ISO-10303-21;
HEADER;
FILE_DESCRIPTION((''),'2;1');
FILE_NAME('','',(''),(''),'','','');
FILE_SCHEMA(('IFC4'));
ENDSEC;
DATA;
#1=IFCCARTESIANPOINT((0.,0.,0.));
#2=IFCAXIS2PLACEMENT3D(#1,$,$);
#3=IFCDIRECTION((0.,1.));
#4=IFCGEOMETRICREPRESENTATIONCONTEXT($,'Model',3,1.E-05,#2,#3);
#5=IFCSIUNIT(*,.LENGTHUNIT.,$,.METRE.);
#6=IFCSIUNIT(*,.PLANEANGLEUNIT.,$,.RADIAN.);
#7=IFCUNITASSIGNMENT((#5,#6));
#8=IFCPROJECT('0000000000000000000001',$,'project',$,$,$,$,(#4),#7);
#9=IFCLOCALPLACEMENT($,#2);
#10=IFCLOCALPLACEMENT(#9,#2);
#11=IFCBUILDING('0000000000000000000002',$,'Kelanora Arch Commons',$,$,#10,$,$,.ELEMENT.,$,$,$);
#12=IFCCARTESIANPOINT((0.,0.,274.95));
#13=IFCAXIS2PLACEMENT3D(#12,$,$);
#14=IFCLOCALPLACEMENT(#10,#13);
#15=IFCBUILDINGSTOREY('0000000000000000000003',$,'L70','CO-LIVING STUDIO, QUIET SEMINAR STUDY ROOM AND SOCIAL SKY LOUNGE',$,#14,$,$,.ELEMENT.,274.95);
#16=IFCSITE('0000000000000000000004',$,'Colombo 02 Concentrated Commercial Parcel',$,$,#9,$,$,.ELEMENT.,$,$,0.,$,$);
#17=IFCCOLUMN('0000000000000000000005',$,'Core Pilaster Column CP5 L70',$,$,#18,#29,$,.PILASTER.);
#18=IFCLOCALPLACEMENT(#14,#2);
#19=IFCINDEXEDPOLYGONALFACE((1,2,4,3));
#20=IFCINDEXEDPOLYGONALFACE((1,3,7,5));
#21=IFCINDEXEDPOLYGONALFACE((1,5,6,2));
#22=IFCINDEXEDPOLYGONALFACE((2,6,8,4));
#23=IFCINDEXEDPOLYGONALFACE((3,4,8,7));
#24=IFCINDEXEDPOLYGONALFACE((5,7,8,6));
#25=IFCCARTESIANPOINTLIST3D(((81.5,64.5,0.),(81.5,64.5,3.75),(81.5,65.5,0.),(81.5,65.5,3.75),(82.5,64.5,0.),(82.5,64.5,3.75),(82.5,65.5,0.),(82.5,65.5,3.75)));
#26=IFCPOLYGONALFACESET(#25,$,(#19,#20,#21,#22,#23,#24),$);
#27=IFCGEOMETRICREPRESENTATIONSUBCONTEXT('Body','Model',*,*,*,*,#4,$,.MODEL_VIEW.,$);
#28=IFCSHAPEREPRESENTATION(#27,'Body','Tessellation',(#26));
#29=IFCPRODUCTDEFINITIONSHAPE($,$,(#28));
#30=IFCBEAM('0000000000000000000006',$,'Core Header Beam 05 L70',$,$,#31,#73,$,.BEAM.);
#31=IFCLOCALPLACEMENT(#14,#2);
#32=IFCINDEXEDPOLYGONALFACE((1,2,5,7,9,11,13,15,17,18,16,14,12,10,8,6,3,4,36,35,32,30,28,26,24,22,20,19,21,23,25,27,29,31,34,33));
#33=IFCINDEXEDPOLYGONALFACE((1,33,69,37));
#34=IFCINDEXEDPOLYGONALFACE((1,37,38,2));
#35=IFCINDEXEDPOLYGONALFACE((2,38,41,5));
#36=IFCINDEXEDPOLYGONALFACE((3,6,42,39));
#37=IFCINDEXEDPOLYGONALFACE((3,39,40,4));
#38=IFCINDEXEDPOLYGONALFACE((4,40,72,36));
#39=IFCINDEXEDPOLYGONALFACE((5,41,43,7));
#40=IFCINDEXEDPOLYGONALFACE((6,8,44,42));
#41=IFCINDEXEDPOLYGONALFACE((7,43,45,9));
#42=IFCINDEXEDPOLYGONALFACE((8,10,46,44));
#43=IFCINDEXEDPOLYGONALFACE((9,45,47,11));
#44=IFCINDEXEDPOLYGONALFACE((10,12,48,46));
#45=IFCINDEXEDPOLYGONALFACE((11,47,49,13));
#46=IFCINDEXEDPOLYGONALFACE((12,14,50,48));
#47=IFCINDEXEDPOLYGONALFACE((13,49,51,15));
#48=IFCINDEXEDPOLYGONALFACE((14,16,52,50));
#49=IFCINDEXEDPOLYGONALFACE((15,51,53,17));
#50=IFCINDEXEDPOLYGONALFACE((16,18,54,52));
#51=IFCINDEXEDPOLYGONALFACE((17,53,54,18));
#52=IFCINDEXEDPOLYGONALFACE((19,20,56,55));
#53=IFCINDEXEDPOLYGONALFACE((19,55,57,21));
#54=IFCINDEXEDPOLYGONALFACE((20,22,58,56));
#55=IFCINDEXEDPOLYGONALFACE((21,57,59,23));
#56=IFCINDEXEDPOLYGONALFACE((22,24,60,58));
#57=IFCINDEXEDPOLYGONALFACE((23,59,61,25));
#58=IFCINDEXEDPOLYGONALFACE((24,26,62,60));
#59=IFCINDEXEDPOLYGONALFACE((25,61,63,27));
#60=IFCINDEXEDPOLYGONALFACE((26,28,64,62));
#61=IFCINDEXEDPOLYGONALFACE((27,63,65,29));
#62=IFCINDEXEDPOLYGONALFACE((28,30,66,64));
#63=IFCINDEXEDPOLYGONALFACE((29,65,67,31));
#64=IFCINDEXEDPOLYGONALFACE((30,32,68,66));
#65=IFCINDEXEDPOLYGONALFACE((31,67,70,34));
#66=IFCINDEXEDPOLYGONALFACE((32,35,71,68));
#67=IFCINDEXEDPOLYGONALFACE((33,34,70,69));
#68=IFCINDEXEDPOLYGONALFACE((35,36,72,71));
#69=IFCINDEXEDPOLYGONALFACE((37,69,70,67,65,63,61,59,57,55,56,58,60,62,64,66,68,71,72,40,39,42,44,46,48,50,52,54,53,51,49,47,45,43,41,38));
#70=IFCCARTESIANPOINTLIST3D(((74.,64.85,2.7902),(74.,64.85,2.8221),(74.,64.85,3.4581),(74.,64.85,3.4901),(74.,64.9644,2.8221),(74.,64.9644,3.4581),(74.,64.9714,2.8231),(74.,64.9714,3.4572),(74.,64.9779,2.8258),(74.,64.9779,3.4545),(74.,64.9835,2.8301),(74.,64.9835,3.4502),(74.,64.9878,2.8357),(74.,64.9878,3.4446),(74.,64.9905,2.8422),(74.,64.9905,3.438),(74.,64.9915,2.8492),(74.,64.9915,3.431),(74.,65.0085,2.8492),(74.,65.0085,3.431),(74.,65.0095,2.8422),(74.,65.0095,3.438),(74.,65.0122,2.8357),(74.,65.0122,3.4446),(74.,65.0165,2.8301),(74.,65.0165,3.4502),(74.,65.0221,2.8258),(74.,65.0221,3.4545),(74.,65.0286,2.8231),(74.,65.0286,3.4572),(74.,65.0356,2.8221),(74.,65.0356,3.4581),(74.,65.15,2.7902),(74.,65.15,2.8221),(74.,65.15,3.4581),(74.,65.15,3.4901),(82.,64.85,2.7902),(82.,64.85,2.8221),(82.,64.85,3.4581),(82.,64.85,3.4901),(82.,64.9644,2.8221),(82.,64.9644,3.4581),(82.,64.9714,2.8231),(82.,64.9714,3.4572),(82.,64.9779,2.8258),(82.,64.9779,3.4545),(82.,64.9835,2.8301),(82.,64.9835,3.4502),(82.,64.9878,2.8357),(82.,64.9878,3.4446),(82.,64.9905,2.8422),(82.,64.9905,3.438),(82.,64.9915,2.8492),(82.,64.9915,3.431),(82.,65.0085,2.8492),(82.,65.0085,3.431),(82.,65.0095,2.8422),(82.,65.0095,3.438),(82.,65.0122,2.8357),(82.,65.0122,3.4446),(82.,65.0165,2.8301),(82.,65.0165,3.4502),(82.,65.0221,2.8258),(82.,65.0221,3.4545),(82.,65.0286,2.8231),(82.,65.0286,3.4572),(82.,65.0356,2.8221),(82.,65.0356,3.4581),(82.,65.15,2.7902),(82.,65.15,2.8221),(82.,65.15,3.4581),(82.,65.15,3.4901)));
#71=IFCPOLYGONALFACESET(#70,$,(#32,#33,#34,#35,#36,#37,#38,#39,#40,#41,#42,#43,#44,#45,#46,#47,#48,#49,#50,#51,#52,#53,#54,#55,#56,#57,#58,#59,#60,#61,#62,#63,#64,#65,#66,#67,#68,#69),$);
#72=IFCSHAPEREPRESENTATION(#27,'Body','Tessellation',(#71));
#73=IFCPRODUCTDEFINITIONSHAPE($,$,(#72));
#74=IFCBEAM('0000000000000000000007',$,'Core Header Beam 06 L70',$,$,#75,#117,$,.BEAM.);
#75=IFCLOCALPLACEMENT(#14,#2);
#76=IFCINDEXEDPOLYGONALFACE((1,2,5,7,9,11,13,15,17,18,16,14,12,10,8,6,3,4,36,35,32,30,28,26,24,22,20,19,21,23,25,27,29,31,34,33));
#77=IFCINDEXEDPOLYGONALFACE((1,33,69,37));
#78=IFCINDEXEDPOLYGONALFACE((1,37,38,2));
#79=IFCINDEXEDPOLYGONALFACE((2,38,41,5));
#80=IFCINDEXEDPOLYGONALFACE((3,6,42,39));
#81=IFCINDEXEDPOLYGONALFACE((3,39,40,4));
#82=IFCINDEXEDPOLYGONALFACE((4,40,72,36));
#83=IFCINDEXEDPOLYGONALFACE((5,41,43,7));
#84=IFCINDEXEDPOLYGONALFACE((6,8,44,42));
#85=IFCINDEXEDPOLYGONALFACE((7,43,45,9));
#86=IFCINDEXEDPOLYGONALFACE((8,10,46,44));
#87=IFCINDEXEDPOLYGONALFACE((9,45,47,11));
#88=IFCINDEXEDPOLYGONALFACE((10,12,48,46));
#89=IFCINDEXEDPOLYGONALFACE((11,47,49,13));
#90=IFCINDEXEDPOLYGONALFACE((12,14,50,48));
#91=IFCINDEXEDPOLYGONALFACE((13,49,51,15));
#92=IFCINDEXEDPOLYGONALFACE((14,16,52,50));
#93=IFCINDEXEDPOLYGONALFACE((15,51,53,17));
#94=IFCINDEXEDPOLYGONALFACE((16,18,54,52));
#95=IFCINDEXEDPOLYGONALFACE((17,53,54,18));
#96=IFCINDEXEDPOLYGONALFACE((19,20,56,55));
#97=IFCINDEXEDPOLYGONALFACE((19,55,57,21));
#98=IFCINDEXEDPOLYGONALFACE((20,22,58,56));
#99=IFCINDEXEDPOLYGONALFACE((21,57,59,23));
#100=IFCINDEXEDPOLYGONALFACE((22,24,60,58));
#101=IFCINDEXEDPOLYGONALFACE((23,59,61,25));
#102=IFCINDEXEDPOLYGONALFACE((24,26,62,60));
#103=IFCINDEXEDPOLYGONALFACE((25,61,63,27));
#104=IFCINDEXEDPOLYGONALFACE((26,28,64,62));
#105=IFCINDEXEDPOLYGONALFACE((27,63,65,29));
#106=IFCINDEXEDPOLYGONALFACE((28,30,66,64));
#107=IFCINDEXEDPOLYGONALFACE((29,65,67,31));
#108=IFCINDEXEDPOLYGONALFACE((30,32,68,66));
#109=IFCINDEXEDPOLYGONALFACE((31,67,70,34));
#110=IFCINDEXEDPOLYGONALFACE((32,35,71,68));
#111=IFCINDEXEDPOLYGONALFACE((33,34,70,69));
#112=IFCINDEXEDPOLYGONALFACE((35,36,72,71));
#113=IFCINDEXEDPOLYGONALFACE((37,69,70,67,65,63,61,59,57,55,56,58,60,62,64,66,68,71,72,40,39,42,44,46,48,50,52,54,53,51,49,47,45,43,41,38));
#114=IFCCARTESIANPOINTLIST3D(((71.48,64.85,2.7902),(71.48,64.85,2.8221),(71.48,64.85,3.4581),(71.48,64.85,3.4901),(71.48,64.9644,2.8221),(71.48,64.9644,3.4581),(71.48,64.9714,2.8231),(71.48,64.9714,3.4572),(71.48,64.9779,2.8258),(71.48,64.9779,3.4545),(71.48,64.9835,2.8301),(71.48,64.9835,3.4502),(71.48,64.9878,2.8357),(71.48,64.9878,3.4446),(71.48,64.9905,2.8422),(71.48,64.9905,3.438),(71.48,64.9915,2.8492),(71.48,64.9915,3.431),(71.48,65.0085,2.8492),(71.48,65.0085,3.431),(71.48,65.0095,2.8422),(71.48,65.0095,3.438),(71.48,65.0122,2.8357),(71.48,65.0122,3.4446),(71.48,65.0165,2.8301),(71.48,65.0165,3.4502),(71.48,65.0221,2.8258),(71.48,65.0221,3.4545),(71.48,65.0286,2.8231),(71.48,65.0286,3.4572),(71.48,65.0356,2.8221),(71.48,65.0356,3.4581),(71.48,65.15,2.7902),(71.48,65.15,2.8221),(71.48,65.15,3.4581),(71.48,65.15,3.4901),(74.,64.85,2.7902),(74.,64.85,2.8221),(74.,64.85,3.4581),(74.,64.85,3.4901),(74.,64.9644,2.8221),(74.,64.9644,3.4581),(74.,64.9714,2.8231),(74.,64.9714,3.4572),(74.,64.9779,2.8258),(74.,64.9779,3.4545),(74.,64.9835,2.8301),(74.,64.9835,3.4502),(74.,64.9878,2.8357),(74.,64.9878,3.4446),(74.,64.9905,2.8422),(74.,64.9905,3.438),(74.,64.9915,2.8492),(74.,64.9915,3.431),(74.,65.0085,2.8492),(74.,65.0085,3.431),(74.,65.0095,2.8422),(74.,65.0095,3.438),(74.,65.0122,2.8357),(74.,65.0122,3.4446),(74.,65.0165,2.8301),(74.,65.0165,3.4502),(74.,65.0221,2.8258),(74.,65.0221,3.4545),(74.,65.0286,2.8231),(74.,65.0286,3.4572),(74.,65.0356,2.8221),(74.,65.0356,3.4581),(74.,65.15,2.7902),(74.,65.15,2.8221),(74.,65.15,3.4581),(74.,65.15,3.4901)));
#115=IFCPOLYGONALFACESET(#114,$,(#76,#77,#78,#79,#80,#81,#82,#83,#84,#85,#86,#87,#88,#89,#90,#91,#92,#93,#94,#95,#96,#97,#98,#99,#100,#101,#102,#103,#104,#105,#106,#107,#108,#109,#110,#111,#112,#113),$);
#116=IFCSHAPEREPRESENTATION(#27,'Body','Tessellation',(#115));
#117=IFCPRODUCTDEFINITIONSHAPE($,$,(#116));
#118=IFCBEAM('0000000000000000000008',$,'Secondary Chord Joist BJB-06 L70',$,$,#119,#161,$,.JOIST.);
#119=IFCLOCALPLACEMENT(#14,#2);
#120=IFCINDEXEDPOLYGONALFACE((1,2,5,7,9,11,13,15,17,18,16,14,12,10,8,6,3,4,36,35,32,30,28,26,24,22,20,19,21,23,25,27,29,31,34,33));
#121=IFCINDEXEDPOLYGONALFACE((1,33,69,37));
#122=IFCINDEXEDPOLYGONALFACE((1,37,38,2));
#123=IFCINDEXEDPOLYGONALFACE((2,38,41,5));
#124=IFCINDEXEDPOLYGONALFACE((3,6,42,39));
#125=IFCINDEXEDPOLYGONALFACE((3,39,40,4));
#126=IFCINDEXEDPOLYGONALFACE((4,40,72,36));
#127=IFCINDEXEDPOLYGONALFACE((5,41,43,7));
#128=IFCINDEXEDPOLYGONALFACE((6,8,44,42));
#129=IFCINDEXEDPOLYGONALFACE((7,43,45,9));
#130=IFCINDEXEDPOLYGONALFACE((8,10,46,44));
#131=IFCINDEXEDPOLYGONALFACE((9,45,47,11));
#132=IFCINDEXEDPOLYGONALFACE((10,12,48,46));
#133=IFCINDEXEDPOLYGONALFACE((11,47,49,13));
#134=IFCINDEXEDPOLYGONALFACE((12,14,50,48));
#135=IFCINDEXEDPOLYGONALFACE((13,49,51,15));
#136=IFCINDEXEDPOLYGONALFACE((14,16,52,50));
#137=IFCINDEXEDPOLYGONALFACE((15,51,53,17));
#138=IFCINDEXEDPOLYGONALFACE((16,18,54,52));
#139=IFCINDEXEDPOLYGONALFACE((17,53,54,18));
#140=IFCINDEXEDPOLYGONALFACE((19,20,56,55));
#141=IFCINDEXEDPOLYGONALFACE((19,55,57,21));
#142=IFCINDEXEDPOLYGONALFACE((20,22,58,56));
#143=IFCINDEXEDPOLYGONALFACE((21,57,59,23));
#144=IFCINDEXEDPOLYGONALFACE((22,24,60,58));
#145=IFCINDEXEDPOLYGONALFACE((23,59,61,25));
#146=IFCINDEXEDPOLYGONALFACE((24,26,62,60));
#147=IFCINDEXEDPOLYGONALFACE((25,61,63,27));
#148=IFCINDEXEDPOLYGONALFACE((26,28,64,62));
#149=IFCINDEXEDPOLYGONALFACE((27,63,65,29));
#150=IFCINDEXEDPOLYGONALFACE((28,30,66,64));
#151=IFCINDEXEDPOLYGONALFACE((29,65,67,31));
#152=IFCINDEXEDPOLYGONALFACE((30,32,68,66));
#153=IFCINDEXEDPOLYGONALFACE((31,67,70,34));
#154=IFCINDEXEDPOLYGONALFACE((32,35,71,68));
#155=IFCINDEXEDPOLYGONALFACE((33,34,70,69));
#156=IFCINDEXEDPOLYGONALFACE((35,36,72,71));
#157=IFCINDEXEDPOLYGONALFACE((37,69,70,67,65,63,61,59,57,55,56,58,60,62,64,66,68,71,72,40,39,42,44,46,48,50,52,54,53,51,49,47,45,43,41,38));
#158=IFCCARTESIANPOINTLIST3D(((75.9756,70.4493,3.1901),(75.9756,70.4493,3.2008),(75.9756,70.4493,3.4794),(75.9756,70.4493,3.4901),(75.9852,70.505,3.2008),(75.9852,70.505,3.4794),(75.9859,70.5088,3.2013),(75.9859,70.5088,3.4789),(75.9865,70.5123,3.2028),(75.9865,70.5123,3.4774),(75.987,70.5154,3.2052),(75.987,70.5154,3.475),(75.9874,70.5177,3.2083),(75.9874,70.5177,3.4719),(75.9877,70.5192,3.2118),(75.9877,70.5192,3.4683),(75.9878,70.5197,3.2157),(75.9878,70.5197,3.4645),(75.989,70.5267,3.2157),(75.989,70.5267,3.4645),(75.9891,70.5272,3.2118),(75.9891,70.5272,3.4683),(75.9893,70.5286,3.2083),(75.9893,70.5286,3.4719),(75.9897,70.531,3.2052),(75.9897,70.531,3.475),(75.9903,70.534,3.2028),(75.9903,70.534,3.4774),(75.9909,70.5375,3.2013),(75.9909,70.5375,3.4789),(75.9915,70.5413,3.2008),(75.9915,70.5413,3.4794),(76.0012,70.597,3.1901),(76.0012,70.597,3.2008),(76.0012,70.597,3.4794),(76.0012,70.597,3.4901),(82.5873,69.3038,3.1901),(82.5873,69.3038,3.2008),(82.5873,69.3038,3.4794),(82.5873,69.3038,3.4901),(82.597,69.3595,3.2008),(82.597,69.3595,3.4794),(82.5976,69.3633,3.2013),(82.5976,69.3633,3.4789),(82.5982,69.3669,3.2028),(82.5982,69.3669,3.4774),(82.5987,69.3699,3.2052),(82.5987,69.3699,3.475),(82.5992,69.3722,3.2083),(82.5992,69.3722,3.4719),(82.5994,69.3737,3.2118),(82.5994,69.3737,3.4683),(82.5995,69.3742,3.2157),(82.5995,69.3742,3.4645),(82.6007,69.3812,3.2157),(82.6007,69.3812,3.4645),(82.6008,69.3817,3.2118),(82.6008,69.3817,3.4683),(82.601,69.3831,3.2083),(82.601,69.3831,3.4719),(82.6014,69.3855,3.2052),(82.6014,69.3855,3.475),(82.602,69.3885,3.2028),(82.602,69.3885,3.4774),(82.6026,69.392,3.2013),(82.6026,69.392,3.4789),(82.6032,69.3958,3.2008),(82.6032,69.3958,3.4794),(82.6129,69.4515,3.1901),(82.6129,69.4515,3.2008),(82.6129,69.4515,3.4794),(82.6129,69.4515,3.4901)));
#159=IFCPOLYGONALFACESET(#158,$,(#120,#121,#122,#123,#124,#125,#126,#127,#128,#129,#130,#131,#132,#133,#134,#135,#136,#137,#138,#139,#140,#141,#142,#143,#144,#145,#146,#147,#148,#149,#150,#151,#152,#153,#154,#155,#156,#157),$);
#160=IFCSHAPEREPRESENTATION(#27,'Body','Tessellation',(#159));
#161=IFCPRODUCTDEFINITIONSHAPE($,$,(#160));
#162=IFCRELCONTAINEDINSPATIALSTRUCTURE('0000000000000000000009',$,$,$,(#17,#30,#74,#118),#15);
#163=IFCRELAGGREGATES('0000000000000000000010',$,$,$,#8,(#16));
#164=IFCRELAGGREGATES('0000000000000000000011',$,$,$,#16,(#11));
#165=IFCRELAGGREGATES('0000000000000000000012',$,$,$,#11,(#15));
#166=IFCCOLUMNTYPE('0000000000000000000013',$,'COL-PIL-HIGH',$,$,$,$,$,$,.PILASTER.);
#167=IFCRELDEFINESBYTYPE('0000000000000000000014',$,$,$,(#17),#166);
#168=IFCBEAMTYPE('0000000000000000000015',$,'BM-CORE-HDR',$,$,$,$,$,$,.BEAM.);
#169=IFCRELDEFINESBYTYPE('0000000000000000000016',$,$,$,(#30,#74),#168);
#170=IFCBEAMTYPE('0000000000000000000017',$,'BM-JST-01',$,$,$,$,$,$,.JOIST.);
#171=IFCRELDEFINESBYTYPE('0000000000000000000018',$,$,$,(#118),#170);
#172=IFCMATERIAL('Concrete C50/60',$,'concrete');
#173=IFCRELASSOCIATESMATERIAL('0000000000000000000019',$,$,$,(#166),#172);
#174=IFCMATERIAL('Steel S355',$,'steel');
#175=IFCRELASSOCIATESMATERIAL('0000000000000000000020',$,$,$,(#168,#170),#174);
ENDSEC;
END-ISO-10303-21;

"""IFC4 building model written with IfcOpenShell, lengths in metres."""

from ifc_helpers import new_model, si_unit, direction, frame, origin, origin_2d, place, context, subcontext, project, spatial, rectangle, i_section, extrude, material, material_profile, profile_set, type_object, element, save


model = new_model("IFC4")

# Units and contexts
model_context = context("Model", 3, precision=1e-05, world=origin(), true_north=direction((0.0, 1.0)))
body_context = subcontext(model_context, "Body", "Model", "MODEL_VIEW")
ifc_project = project(units=[si_unit("LENGTHUNIT", "METRE"), si_unit("PLANEANGLEUNIT", "RADIAN")], contexts=[model_context])

# Site, building, storey
site_placement = place(None, origin())
site = spatial("IfcSite", under=ifc_project, at=site_placement, Name="Colombo 02 Concentrated Commercial Parcel", CompositionType="ELEMENT", RefElevation=0.0)
building_placement = place(site_placement, origin())
building = spatial("IfcBuilding", under=site, at=building_placement, Name="Kelanora Arch Commons", CompositionType="ELEMENT")
storey_placement = place(building_placement, frame((0.0, 0.0, 274.95)))
storey = spatial("IfcBuildingStorey", under=building, at=storey_placement, Name="L70", Description="CO-LIVING STUDIO, QUIET SEMINAR STUDY ROOM AND SOCIAL SKY LOUNGE", CompositionType="ELEMENT", Elevation=274.95)

# Column
ifc_material_1 = material(Name="Concrete C50/60", Category="concrete")
ifc_material_profile_1 = material_profile(ifc_material_1, rectangle(XDim=1.0, YDim=1.0, at=origin_2d()), Name="RC1000x1000")
ifc_profile_set_1 = profile_set([ifc_material_profile_1], Name="Concrete C50/60")
column_type = type_object("IfcColumnType", Name="COL-PIL-HIGH", PredefinedType="PILASTER", material=ifc_profile_set_1)
column_placement = place(storey_placement, frame((82.0, 65.0, 0.0), z_axis=(0.0, 0.0, 1.0), x_axis=(1.0, 0.0, 0.0)))
element("IfcColumn", 1, at=column_placement, inside=storey, type_object=column_type, Name="Core Pilaster Column CP5 L70", PredefinedType="PILASTER", context=body_context, shape_type="SweptSolid", body=[
    extrude(rectangle(XDim=1.0, YDim=1.0, at=origin_2d()), origin(), (0.0, 0.0, 1.0), 3.75),
])

# Beams
ifc_material_2 = material(Name="Steel S355", Category="steel")
ifc_material_profile_2 = material_profile(ifc_material_2, i_section(OverallWidth=0.3, OverallDepth=0.7, WebThickness=0.0171, FlangeThickness=0.032, FilletRadius=0.0271, at=origin_2d()), Name="HEB700")
ifc_profile_set_2 = profile_set([ifc_material_profile_2], Name="Steel S355")
beam_type_1 = type_object("IfcBeamType", Name="BM-CORE-HDR", PredefinedType="BEAM", material=ifc_profile_set_2)
beam_1_placement = place(storey_placement, frame((82.0, 65.0, 3.1401), z_axis=(-1.0, 0.0, 0.0), x_axis=(0.0, -1.0, 0.0)))
element("IfcBeam", 2, at=beam_1_placement, inside=storey, type_object=beam_type_1, Name="Core Header Beam 05 L70", PredefinedType="BEAM", context=body_context, shape_type="SweptSolid", body=[
    extrude(i_section(OverallWidth=0.3, OverallDepth=0.7, WebThickness=0.0171, FlangeThickness=0.032, FilletRadius=0.0271, at=origin_2d()), origin(), (0.0, 0.0, 1.0), 8.0),
])
beam_2_placement = place(storey_placement, frame((74.0, 65.0, 3.1401), z_axis=(-1.0, 0.0, 0.0), x_axis=(0.0, -1.0, 0.0)))
element("IfcBeam", 3, at=beam_2_placement, inside=storey, type_object=beam_type_1, Name="Core Header Beam 06 L70", PredefinedType="BEAM", context=body_context, shape_type="SweptSolid", body=[
    extrude(i_section(OverallWidth=0.3, OverallDepth=0.7, WebThickness=0.0171, FlangeThickness=0.032, FilletRadius=0.0271, at=origin_2d()), origin(), (0.0, 0.0, 1.0), 2.52),
])
ifc_material_profile_3 = material_profile(ifc_material_2, i_section(OverallWidth=0.1499, OverallDepth=0.3, WebThickness=0.0071, FlangeThickness=0.0107, FilletRadius=0.0149, at=origin_2d()), Name="IPE300")
ifc_profile_set_3 = profile_set([ifc_material_profile_3], Name="Steel S355")
beam_type_2 = type_object("IfcBeamType", Name="BM-JST-01", PredefinedType="JOIST", material=ifc_profile_set_3)
beam_3_placement = place(storey_placement, frame((82.6001, 69.3777, 3.3401), z_axis=(-0.985322, 0.170709, 0.0), x_axis=(-0.170709, -0.985322, 0.0)))
element("IfcBeam", 4, at=beam_3_placement, inside=storey, type_object=beam_type_2, Name="Secondary Chord Joist BJB-06 L70", PredefinedType="JOIST", context=body_context, shape_type="SweptSolid", body=[
    extrude(i_section(OverallWidth=0.1499, OverallDepth=0.3, WebThickness=0.0071, FlangeThickness=0.0107, FilletRadius=0.0149, at=origin_2d()), origin(), (0.0, 0.0, 1.0), 6.7102),
])

save(model, "model.ifc")
